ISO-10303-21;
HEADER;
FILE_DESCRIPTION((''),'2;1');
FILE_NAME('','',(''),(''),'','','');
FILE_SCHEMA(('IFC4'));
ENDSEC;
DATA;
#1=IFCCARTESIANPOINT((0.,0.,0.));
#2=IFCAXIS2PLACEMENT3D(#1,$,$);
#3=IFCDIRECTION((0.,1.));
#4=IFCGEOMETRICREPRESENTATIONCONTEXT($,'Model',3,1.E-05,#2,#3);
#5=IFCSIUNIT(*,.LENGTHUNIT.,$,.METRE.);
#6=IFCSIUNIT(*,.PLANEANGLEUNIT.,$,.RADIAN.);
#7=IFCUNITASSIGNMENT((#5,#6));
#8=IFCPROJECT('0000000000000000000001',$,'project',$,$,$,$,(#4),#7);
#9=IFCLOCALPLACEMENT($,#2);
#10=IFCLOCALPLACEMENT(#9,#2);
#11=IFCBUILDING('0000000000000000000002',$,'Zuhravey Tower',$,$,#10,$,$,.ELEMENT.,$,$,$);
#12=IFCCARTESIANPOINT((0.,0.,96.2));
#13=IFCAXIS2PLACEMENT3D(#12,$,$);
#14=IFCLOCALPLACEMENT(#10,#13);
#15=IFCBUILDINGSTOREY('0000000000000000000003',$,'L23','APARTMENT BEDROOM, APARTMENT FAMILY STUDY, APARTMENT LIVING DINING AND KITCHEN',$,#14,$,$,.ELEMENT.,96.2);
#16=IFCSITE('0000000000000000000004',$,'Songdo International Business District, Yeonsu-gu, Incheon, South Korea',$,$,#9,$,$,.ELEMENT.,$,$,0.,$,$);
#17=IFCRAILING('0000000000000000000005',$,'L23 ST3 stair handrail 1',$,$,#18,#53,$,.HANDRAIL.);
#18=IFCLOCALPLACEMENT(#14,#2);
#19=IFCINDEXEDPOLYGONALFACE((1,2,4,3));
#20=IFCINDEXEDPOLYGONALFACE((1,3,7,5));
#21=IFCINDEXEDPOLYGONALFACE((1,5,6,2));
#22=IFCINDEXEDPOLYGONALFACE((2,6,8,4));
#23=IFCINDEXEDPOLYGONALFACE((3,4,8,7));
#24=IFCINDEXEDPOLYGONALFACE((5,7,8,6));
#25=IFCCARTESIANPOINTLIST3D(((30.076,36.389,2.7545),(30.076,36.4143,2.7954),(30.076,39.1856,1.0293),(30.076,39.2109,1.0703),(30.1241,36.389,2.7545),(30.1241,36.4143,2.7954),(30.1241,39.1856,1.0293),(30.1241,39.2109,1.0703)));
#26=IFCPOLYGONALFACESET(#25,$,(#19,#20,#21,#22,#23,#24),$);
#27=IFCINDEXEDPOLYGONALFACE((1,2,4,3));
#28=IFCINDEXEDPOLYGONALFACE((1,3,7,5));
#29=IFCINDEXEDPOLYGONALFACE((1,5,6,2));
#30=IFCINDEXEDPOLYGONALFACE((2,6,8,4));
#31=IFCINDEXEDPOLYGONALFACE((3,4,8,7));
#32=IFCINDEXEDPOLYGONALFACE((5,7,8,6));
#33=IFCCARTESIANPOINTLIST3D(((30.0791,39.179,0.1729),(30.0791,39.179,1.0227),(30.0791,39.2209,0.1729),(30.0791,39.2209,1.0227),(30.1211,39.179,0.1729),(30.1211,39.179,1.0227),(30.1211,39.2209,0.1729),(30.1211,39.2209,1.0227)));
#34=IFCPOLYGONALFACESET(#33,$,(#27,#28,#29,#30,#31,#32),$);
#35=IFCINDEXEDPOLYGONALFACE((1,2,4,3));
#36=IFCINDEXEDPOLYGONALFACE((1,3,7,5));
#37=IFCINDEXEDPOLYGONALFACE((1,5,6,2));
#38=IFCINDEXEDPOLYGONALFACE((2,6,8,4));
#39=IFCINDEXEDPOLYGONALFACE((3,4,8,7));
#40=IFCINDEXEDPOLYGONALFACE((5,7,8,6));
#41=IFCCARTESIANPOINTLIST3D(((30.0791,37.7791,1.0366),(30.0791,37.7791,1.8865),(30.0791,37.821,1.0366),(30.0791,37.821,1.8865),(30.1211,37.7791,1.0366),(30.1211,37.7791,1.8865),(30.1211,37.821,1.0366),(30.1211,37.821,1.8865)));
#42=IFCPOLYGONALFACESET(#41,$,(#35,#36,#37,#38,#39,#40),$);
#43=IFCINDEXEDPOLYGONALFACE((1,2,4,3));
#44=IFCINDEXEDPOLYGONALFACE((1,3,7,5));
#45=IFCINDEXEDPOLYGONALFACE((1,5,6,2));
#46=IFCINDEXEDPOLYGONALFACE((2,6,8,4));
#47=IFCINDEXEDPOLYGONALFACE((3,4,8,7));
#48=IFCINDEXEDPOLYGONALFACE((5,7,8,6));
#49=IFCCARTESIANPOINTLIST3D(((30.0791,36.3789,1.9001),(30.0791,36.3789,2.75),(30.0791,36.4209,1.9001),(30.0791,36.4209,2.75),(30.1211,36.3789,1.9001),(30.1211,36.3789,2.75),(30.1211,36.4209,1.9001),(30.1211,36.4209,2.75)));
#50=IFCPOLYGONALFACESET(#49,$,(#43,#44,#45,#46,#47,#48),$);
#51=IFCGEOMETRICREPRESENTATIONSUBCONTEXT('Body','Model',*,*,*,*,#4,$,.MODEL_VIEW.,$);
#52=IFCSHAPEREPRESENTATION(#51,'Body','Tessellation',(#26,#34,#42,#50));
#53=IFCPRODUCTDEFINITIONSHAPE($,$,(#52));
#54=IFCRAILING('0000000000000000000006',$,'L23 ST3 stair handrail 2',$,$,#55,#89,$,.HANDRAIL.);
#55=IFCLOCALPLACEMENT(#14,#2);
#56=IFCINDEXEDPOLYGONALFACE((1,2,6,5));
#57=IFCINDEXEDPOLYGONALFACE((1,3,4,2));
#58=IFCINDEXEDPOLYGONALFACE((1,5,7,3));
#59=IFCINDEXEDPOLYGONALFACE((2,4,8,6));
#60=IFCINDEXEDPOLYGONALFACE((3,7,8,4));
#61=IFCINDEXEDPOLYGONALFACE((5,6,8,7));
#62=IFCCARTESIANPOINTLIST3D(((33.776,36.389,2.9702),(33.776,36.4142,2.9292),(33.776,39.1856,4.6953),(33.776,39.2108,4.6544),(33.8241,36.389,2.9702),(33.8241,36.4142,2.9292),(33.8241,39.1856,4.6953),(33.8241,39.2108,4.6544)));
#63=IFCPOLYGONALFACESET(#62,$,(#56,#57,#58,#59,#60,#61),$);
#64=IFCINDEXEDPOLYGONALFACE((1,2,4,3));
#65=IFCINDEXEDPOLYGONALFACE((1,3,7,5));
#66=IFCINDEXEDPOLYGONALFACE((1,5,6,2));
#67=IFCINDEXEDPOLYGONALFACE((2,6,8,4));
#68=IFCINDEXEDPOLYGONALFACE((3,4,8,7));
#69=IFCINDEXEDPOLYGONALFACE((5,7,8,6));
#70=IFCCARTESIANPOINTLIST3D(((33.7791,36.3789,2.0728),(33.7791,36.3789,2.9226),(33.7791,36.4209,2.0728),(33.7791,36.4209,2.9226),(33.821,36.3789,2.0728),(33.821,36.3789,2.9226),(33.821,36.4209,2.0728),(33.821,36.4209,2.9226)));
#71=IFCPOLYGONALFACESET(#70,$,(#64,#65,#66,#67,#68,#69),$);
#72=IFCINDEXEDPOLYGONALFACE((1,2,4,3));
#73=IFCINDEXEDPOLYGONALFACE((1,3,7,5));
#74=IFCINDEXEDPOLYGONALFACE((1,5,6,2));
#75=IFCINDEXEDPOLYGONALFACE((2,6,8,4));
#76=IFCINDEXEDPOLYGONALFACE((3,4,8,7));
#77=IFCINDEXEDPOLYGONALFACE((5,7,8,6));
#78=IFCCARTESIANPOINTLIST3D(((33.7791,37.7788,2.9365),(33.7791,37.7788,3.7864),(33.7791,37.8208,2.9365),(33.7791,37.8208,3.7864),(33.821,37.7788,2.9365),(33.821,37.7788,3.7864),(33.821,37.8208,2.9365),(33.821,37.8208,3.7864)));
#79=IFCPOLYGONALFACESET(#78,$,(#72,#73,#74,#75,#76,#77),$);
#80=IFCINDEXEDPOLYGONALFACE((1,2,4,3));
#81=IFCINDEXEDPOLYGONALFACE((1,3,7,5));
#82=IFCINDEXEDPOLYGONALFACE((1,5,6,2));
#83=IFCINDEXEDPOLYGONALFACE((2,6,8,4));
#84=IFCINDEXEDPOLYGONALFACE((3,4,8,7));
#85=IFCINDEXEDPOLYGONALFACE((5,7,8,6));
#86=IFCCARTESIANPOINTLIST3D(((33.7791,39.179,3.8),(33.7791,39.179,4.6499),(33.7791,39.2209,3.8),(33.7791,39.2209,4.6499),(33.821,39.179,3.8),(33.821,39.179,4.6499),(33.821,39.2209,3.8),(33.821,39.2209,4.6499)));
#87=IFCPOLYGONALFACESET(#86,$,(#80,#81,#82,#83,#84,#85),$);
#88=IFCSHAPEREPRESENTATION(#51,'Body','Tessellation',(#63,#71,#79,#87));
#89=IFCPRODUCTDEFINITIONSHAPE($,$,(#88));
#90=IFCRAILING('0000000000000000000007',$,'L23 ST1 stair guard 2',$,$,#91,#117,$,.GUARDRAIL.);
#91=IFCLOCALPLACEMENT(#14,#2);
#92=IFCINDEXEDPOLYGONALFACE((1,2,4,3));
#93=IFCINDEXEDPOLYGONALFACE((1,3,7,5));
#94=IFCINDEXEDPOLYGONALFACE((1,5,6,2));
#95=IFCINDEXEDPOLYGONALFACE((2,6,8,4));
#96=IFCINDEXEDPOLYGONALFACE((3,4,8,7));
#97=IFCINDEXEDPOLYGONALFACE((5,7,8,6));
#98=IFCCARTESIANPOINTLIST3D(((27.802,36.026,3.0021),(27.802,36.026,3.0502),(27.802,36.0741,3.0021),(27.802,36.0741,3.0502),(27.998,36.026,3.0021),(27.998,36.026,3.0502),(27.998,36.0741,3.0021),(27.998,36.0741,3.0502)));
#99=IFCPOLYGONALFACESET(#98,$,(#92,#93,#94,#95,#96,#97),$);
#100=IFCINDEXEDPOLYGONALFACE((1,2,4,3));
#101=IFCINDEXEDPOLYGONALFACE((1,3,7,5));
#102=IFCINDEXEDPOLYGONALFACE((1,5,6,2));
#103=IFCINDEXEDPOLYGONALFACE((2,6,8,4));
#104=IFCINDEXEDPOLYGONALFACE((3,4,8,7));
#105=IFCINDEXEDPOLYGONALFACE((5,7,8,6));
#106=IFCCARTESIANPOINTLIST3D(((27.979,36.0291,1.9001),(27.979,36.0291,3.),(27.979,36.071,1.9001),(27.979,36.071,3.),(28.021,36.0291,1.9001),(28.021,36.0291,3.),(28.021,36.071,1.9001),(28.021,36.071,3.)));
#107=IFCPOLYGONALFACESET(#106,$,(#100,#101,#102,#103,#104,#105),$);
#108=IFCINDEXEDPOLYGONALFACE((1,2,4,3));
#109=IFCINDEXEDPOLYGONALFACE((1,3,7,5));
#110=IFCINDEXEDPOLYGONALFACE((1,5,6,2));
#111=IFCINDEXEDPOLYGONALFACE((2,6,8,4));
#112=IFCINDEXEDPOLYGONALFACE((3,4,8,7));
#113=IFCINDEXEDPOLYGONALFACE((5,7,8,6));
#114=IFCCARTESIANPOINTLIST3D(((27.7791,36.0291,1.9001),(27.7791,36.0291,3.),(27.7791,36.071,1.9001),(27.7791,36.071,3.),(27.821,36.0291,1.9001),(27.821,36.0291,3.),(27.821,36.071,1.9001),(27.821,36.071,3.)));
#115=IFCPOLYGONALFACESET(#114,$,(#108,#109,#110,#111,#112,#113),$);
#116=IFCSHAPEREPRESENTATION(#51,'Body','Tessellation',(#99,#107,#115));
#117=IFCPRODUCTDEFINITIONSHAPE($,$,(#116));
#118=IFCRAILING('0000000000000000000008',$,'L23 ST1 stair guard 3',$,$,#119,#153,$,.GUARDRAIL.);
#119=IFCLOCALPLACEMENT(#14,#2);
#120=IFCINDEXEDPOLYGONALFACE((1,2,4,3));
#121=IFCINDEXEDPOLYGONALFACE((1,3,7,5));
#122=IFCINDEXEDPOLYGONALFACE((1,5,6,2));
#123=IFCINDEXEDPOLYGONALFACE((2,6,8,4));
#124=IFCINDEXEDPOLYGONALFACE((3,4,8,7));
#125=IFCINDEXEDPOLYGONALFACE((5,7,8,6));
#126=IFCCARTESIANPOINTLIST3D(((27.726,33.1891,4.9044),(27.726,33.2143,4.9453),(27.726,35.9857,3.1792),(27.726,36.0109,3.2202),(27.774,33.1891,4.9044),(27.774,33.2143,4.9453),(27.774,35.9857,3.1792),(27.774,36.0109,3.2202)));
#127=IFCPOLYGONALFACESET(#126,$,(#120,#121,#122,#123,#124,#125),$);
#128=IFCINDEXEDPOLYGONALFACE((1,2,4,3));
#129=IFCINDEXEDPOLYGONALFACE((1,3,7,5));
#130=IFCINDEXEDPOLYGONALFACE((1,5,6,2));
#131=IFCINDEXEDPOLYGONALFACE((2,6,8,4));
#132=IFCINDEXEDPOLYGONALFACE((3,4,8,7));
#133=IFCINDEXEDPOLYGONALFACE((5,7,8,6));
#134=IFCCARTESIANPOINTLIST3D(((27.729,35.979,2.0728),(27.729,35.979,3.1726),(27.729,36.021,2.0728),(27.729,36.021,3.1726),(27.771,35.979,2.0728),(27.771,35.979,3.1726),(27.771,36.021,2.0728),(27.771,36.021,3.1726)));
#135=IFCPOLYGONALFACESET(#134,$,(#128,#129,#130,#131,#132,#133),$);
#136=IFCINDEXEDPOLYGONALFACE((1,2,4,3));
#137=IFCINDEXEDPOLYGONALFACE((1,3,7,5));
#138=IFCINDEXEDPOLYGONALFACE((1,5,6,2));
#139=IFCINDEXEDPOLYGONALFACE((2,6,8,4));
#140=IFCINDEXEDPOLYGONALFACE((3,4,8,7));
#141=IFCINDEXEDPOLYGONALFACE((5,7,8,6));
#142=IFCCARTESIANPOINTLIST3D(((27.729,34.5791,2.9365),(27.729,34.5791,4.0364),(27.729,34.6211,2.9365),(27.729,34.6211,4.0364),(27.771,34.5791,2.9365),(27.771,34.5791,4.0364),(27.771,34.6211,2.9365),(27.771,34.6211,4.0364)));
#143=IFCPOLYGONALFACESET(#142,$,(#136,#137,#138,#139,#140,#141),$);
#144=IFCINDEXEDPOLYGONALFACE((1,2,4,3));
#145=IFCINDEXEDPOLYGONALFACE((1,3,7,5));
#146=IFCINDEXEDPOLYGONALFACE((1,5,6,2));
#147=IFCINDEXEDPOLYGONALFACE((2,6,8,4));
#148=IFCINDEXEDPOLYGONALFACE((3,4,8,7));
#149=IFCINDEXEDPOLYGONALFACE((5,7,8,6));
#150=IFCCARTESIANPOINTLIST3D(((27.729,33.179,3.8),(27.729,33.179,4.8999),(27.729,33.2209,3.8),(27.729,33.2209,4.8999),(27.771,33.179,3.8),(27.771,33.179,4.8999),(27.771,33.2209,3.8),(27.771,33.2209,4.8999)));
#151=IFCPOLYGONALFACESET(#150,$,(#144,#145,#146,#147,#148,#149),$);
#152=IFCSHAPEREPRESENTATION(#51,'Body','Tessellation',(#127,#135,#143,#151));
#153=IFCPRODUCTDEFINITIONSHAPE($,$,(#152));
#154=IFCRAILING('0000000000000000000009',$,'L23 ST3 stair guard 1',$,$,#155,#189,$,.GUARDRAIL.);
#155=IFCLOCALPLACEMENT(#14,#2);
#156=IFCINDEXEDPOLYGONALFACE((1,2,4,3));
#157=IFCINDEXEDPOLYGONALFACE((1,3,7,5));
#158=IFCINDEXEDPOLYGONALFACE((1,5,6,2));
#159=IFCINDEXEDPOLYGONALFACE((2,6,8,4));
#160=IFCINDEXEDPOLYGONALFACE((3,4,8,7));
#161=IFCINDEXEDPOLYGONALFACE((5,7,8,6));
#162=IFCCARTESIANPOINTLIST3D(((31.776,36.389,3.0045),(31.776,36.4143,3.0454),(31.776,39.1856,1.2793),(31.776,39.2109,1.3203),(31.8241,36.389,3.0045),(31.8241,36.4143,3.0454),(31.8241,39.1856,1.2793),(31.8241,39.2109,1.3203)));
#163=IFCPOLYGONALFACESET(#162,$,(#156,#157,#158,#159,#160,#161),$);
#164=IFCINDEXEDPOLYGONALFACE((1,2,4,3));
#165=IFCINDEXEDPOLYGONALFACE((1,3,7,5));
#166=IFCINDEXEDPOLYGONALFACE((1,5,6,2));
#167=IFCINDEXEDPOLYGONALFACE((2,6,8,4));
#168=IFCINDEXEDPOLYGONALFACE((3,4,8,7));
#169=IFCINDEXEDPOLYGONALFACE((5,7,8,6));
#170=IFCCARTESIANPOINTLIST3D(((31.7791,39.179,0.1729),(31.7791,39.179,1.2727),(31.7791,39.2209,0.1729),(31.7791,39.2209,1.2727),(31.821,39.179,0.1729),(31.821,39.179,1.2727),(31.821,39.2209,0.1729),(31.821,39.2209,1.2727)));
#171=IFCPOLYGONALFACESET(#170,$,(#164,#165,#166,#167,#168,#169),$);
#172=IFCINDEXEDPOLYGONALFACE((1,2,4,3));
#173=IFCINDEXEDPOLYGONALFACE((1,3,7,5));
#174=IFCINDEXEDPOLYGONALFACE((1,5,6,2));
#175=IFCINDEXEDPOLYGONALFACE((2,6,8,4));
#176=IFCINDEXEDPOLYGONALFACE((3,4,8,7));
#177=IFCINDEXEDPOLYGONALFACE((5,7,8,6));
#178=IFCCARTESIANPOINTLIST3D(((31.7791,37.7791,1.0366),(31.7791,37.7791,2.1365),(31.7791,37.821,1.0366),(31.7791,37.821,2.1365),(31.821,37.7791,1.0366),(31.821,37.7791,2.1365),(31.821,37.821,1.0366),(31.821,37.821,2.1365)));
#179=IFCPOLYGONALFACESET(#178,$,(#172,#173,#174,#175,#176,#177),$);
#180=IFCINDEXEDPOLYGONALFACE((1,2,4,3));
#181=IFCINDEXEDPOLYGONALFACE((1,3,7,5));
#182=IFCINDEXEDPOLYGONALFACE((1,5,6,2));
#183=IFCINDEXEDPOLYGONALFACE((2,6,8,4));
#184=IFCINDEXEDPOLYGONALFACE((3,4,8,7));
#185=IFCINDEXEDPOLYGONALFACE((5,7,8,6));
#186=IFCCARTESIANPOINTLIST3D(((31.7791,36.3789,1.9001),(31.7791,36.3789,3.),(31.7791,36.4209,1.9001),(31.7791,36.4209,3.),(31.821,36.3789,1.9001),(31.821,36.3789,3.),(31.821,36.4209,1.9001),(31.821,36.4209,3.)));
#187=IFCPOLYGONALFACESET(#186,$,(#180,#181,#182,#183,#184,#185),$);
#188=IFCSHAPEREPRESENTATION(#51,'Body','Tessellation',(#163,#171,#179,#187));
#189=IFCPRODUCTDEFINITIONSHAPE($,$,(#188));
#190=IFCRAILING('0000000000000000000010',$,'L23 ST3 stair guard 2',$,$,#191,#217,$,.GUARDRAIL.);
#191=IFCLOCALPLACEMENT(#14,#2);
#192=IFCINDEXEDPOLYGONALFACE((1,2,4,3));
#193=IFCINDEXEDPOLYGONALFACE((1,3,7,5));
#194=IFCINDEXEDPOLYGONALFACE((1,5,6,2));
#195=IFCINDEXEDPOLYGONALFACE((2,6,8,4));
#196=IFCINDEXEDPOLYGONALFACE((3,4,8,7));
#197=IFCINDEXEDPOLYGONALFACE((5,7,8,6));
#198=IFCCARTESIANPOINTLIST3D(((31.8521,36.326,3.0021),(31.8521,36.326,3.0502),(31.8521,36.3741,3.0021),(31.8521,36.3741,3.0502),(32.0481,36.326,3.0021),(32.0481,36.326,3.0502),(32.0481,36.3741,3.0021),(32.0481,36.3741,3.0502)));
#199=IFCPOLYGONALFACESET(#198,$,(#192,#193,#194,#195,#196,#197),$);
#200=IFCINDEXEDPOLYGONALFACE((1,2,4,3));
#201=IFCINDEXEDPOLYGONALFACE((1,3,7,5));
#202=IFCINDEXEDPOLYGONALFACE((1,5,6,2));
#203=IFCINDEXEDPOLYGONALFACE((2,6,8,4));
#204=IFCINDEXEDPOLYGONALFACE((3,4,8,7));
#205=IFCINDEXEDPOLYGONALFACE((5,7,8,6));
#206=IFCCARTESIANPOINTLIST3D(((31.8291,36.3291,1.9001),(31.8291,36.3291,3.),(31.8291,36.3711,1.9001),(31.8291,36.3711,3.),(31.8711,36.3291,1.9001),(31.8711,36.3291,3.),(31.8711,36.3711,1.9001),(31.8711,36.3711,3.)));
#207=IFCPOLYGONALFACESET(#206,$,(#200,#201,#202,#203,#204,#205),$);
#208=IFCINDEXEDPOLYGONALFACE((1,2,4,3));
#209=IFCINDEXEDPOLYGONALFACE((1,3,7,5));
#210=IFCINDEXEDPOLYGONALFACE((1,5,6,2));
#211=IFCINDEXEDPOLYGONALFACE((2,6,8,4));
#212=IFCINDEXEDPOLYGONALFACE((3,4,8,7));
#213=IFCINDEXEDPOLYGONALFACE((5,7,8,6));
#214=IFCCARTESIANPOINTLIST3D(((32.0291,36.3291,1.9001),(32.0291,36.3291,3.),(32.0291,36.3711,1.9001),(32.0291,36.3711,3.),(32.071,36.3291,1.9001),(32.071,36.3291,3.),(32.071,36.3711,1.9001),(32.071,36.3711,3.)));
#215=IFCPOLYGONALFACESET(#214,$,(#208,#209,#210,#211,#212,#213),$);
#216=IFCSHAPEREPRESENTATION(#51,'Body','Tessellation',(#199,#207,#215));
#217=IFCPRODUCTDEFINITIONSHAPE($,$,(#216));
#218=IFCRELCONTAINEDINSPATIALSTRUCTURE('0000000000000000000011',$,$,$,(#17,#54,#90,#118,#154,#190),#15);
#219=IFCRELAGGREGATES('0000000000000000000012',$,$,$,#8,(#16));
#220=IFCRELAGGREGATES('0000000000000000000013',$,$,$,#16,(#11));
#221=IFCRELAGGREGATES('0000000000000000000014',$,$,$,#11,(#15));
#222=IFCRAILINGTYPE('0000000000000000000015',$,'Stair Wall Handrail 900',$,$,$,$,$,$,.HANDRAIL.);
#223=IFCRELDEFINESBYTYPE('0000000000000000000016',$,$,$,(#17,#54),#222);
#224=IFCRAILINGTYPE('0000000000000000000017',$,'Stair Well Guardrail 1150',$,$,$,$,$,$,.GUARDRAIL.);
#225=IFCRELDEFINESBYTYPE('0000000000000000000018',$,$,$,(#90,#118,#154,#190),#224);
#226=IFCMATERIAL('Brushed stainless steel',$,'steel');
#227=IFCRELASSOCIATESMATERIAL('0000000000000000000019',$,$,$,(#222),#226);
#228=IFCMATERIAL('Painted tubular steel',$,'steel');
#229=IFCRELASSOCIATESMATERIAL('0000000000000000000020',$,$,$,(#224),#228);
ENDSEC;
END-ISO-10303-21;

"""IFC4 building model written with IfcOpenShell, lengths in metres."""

from ifc_helpers import new_model, si_unit, direction, frame, origin, origin_2d, place, context, subcontext, project, spatial, rectangle, extrude, material, type_object, element, save


model = new_model("IFC4")

# Units and contexts
model_context = context("Model", 3, precision=1e-05, world=origin(), true_north=direction((0.0, 1.0)))
body_context = subcontext(model_context, "Body", "Model", "MODEL_VIEW")
ifc_project = project(units=[si_unit("LENGTHUNIT", "METRE"), si_unit("PLANEANGLEUNIT", "RADIAN")], contexts=[model_context])

# Site, building, storey
site_placement = place(None, origin())
site = spatial("IfcSite", under=ifc_project, at=site_placement, Name="Songdo International Business District, Yeonsu-gu, Incheon, South Korea", CompositionType="ELEMENT", RefElevation=0.0)
building_placement = place(site_placement, origin())
building = spatial("IfcBuilding", under=site, at=building_placement, Name="Zuhravey Tower", CompositionType="ELEMENT")
storey_placement = place(building_placement, frame((0.0, 0.0, 96.2)))
storey = spatial("IfcBuildingStorey", under=building, at=storey_placement, Name="L23", Description="APARTMENT BEDROOM, APARTMENT FAMILY STUDY, APARTMENT LIVING DINING AND KITCHEN", CompositionType="ELEMENT", Elevation=96.2)

# Railings
ifc_material_1 = material(Name="Brushed stainless steel", Category="steel")
railing_type_1 = type_object("IfcRailingType", Name="Stair Wall Handrail 900", PredefinedType="HANDRAIL", material=ifc_material_1)
for number, where, name in (
    (1, (30.1001, 39.2, 0.1729), "L23 ST3 stair handrail 1"),
):
    element("IfcRailing", number, at=place(storey_placement, frame(where)), inside=storey, type_object=railing_type_1, Name=name, PredefinedType="HANDRAIL", context=body_context, shape_type="SweptSolid", body=[
        extrude(rectangle(XDim=0.0481, YDim=0.0481, at=origin_2d()), frame((0.0, -0.0017, 0.877), z_axis=(0.0, -0.85109, 0.52502), x_axis=(1.0, 0.0, 0.0)), (0.0, 0.0, 1.0), 3.2859),
        extrude(rectangle(XDim=0.042, YDim=0.042, at=origin_2d()), origin(), (0.0, 0.0, 1.0), 0.8499),
        extrude(rectangle(XDim=0.042, YDim=0.042, at=origin_2d()), frame((0.0, -1.3999, 0.8638)), (0.0, 0.0, 1.0), 0.8499),
        extrude(rectangle(XDim=0.042, YDim=0.042, at=origin_2d()), frame((0.0, -2.8, 1.7273)), (0.0, 0.0, 1.0), 0.8499),
    ])
railing_1_placement = place(storey_placement, frame((33.8, 36.3999, 2.0728)))
element("IfcRailing", 2, at=railing_1_placement, inside=storey, type_object=railing_type_1, Name="L23 ST3 stair handrail 2", PredefinedType="HANDRAIL", context=body_context, shape_type="SweptSolid", body=[
    extrude(rectangle(XDim=0.0481, YDim=0.0481, at=origin_2d()), frame((0.0, 0.0017, 0.877), z_axis=(0.0, 0.85109, 0.52502), x_axis=(-1.0, 0.0, 0.0)), (0.0, 0.0, 1.0), 3.2859),
    extrude(rectangle(XDim=0.042, YDim=0.042, at=origin_2d()), origin(), (0.0, 0.0, 1.0), 0.8499),
    extrude(rectangle(XDim=0.042, YDim=0.042, at=origin_2d()), frame((0.0, 1.3999, 0.8638)), (0.0, 0.0, 1.0), 0.8499),
    extrude(rectangle(XDim=0.042, YDim=0.042, at=origin_2d()), frame((0.0, 2.8, 1.7273)), (0.0, 0.0, 1.0), 0.8499),
])
ifc_material_2 = material(Name="Painted tubular steel", Category="steel")
railing_type_2 = type_object("IfcRailingType", Name="Stair Well Guardrail 1150", PredefinedType="GUARDRAIL", material=ifc_material_2)
railing_2_placement = place(storey_placement, frame((28.0, 36.05, 1.9001)))
element("IfcRailing", 3, at=railing_2_placement, inside=storey, type_object=railing_type_2, Name="L23 ST1 stair guard 2", PredefinedType="GUARDRAIL", context=body_context, shape_type="SweptSolid", body=[
    extrude(rectangle(XDim=0.0481, YDim=0.0481, at=origin_2d()), frame((-0.002, 0.0, 1.126), z_axis=(-1.0, 0.0, 0.0), x_axis=(0.0, -1.0, 0.0)), (0.0, 0.0, 1.0), 0.196),
    extrude(rectangle(XDim=0.042, YDim=0.042, at=origin_2d()), origin(), (0.0, 0.0, 1.0), 1.0999),
    extrude(rectangle(XDim=0.042, YDim=0.042, at=origin_2d()), frame((-0.2, 0.0, 0.0)), (0.0, 0.0, 1.0), 1.0999),
])
for number, where, name in (
    (4, (27.75, 36.0, 2.0728), "L23 ST1 stair guard 3"),
    (5, (31.8, 39.2, 0.1729), "L23 ST3 stair guard 1"),
):
    element("IfcRailing", number, at=place(storey_placement, frame(where)), inside=storey, type_object=railing_type_2, Name=name, PredefinedType="GUARDRAIL", context=body_context, shape_type="SweptSolid", body=[
        extrude(rectangle(XDim=0.0481, YDim=0.0481, at=origin_2d()), frame((0.0, -0.0017, 1.127), z_axis=(0.0, -0.85109, 0.52502), x_axis=(1.0, 0.0, 0.0)), (0.0, 0.0, 1.0), 3.2859),
        extrude(rectangle(XDim=0.042, YDim=0.042, at=origin_2d()), origin(), (0.0, 0.0, 1.0), 1.0999),
        extrude(rectangle(XDim=0.042, YDim=0.042, at=origin_2d()), frame((0.0, -1.3999, 0.8638)), (0.0, 0.0, 1.0), 1.0999),
        extrude(rectangle(XDim=0.042, YDim=0.042, at=origin_2d()), frame((0.0, -2.8, 1.7273)), (0.0, 0.0, 1.0), 1.0999),
    ])
railing_3_placement = place(storey_placement, frame((31.8501, 36.3501, 1.9001)))
element("IfcRailing", 6, at=railing_3_placement, inside=storey, type_object=railing_type_2, Name="L23 ST3 stair guard 2", PredefinedType="GUARDRAIL", context=body_context, shape_type="SweptSolid", body=[
    extrude(rectangle(XDim=0.0481, YDim=0.0481, at=origin_2d()), frame((0.002, 0.0, 1.126), z_axis=(1.0, 0.0, 0.0), x_axis=(0.0, 1.0, 0.0)), (0.0, 0.0, 1.0), 0.196),
    extrude(rectangle(XDim=0.042, YDim=0.042, at=origin_2d()), origin(), (0.0, 0.0, 1.0), 1.0999),
    extrude(rectangle(XDim=0.042, YDim=0.042, at=origin_2d()), frame((0.2, 0.0, 0.0)), (0.0, 0.0, 1.0), 1.0999),
])

save(model, "model.ifc")
